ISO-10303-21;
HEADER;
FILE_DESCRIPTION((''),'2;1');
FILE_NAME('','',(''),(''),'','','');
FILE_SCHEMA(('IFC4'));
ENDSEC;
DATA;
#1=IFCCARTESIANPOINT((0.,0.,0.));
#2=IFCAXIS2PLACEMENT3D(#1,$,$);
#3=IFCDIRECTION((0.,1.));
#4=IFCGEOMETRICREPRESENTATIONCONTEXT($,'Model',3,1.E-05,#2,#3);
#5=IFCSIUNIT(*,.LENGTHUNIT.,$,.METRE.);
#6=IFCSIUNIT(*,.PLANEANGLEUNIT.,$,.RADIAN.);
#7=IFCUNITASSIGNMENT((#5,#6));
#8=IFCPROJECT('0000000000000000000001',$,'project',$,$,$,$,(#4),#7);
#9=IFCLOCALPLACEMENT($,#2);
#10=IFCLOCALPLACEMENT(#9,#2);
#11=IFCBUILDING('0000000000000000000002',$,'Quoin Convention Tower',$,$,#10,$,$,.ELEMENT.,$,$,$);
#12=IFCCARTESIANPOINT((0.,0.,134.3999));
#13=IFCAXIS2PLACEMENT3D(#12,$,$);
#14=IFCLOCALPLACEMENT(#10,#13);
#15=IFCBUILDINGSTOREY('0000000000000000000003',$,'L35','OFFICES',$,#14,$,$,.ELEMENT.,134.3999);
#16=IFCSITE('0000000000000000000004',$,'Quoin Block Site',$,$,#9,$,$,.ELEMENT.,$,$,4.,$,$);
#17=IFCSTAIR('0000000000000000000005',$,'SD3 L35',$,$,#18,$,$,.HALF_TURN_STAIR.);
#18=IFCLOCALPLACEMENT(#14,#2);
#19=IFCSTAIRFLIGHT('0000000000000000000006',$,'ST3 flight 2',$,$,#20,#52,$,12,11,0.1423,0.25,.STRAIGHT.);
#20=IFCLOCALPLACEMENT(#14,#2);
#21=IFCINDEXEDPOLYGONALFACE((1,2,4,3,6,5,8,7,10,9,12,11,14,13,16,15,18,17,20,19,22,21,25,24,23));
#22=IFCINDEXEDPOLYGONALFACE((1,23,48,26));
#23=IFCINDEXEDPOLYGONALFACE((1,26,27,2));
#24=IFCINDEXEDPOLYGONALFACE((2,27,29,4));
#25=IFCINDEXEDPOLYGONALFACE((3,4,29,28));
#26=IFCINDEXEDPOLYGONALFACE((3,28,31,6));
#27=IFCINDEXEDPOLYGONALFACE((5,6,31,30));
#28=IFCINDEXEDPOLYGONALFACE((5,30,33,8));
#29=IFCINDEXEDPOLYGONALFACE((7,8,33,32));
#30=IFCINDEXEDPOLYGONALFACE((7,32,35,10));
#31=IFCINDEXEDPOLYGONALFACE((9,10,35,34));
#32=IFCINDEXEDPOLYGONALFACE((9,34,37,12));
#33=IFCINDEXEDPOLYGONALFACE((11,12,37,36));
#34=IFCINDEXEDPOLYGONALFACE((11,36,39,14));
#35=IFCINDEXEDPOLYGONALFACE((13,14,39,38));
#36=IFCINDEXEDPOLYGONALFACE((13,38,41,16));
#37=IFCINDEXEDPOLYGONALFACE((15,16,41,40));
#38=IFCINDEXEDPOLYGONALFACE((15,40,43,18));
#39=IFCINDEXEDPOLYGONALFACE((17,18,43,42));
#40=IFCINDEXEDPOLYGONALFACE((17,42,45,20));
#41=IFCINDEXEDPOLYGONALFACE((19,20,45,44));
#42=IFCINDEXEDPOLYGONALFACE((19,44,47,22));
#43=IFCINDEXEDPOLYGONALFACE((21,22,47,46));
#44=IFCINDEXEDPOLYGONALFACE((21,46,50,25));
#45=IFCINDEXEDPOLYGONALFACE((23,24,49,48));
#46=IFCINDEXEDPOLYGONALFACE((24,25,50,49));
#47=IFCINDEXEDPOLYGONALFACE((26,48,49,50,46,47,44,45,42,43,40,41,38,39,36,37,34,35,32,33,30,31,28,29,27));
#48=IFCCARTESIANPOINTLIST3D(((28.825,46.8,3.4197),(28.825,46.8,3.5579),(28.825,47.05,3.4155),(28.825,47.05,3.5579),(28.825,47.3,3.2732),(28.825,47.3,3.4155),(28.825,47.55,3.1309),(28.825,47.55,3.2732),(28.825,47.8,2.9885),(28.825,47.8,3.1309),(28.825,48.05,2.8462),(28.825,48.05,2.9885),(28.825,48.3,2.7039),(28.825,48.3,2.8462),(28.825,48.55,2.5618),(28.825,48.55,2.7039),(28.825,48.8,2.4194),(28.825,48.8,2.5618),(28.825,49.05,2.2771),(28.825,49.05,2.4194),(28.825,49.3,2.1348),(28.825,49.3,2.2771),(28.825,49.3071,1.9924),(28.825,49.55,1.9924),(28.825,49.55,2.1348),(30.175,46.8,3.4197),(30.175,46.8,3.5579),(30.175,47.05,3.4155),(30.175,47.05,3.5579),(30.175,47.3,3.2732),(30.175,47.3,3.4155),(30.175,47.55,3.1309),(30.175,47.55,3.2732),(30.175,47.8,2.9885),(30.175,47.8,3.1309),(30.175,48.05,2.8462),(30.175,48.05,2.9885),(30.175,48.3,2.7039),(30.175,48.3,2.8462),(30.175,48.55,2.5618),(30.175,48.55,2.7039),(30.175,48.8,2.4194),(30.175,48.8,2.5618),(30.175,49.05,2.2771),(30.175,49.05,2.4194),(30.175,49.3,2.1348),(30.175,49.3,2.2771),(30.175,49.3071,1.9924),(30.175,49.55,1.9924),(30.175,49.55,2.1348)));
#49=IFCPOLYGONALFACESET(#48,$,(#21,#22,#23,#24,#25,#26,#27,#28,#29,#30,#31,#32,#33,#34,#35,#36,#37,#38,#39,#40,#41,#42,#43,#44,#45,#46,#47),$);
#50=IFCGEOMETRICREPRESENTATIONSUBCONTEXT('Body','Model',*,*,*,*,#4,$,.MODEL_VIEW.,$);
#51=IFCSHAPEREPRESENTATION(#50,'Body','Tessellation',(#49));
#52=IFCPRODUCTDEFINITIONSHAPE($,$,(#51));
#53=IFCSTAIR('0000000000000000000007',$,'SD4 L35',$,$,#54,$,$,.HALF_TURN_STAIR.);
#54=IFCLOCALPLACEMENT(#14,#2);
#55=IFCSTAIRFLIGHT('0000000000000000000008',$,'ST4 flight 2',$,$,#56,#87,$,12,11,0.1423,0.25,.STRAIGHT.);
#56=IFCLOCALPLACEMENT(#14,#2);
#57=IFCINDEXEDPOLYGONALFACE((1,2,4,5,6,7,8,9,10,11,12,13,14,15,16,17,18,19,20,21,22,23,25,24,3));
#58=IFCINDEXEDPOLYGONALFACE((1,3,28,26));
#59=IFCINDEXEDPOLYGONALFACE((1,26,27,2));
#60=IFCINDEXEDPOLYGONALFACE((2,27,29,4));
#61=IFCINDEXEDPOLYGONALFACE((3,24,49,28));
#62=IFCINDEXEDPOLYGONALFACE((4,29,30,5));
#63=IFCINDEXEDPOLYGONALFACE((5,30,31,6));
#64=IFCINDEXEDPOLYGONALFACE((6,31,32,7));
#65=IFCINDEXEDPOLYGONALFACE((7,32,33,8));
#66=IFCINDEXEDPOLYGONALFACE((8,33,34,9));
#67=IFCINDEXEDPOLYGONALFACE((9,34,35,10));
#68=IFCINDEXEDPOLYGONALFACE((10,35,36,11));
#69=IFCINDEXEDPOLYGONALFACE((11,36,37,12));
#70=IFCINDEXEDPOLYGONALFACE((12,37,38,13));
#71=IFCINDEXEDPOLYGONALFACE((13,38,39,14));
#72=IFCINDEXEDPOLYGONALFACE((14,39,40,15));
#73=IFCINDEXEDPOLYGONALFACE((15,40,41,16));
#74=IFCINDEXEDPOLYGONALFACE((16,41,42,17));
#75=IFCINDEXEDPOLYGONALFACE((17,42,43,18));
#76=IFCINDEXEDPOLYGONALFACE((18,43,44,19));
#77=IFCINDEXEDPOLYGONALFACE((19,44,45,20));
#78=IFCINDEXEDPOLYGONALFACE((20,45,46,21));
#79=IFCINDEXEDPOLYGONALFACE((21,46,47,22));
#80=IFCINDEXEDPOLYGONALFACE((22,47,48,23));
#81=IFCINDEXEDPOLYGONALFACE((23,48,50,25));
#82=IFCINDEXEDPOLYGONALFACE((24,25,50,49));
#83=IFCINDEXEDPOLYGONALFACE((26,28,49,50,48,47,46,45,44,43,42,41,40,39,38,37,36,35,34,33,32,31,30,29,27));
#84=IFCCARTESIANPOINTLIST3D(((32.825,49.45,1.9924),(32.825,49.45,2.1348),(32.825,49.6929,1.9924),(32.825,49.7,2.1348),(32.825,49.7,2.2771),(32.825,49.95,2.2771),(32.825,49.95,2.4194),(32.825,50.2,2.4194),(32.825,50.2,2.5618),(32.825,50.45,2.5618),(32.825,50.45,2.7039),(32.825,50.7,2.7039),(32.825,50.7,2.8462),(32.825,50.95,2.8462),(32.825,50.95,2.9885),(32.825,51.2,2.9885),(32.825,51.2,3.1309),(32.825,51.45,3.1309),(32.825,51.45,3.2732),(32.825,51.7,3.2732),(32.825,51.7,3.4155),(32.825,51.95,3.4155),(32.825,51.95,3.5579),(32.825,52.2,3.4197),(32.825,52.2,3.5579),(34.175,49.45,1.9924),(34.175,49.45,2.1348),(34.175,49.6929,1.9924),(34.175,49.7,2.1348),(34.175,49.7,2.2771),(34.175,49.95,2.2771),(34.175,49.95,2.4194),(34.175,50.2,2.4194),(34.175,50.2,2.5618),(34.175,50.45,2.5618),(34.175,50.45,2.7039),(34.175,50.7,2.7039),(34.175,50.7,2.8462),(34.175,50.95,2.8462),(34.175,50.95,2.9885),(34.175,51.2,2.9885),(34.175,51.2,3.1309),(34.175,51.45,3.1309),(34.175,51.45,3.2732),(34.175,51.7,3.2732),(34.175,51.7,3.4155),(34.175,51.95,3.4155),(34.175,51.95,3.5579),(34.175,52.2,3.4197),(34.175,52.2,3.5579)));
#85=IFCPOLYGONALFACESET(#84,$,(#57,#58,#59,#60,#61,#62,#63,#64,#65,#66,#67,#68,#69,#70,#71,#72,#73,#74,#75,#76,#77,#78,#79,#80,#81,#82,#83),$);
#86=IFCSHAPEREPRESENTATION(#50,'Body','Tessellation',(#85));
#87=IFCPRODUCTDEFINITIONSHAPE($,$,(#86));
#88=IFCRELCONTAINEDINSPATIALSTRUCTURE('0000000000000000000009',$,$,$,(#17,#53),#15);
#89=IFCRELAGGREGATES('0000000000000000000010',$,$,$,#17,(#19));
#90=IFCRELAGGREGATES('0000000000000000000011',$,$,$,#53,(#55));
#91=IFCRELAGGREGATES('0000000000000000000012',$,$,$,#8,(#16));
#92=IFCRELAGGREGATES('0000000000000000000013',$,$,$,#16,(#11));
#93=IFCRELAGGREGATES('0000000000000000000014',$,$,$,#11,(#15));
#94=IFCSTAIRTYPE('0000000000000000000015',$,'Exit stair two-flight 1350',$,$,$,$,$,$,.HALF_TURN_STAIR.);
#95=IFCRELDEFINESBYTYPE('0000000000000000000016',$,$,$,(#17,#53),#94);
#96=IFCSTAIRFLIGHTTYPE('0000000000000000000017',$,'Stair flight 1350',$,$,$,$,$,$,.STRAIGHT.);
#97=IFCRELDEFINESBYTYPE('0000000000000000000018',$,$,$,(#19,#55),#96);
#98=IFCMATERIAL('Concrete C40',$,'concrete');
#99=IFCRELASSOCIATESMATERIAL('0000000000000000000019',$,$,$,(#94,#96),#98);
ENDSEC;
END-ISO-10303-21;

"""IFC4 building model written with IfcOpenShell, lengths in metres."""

from ifc_helpers import new_model, si_unit, direction, frame, origin, place, context, subcontext, project, spatial, polyline, outline, extrude, material, type_object, element, aggregate, save


model = new_model("IFC4")

# Units and contexts
model_context = context("Model", 3, precision=1e-05, world=origin(), true_north=direction((0.0, 1.0)))
body_context = subcontext(model_context, "Body", "Model", "MODEL_VIEW")
ifc_project = project(units=[si_unit("LENGTHUNIT", "METRE"), si_unit("PLANEANGLEUNIT", "RADIAN")], contexts=[model_context])

# Site, building, storey
site_placement = place(None, origin())
site = spatial("IfcSite", under=ifc_project, at=site_placement, Name="Quoin Block Site", CompositionType="ELEMENT", RefElevation=4.0)
building_placement = place(site_placement, origin())
building = spatial("IfcBuilding", under=site, at=building_placement, Name="Quoin Convention Tower", CompositionType="ELEMENT")
storey_placement = place(building_placement, frame((0.0, 0.0, 134.3999)))
storey = spatial("IfcBuildingStorey", under=building, at=storey_placement, Name="L35", Description="OFFICES", CompositionType="ELEMENT", Elevation=134.3999)

# Stairs, stair flights
ifc_material_1 = material(Name="Concrete C40", Category="concrete")
stair_type = type_object("IfcStairType", Name="Exit stair two-flight 1350", PredefinedType="HALF_TURN_STAIR", material=ifc_material_1)
stair_1_placement = place(storey_placement, origin())
stair_1 = element("IfcStair", 1, at=stair_1_placement, inside=storey, type_object=stair_type, Name="SD3 L35", PredefinedType="HALF_TURN_STAIR")
stair_flight_type = type_object("IfcStairFlightType", Name="Stair flight 1350", PredefinedType="STRAIGHT", material=ifc_material_1)
stair_flight_1_placement = place(storey_placement, frame((29.5, 49.55, 1.9924), z_axis=(0.0, 0.0, 1.0), x_axis=(0.0, -1.0, 0.0)))
stair_flight_1 = element("IfcStairFlight", 2, at=stair_flight_1_placement, type_object=stair_flight_type, Name="ST3 flight 2", NumberOfRisers=12, NumberOfTreads=11, PredefinedType="STRAIGHT", RiserHeight=0.1423, TreadLength=0.25, context=body_context, shape_type="SweptSolid", body=[
    extrude(outline(polyline([(0.0, 0.0), (0.0, 0.1423), (0.25, 0.1423), (0.25, 0.2847), (0.5, 0.2847), (0.5, 0.427), (0.75, 0.427), (0.75, 0.5693), (1.0, 0.5693), (1.0, 0.7114), (1.25, 0.7114), (1.25, 0.8538), (1.5, 0.8538), (1.5, 0.9961), (1.75, 0.9961), (1.75, 1.1384), (2.0, 1.1384), (2.0, 1.2808), (2.25, 1.2808), (2.25, 1.4231), (2.5, 1.4231), (2.5, 1.5654), (2.75, 1.5654), (2.75, 1.7078), (2.75, 1.4272), (0.2429, 0.0), (0.0, 0.0)])), frame((0.0, 0.675, 0.0), z_axis=(0.0, -1.0, 0.0), x_axis=(1.0, 0.0, 0.0)), (0.0, 0.0, 1.0), 1.3501),
])
aggregate(stair_1, [stair_flight_1])
stair_2_placement = place(storey_placement, origin())
stair_2 = element("IfcStair", 3, at=stair_2_placement, inside=storey, type_object=stair_type, Name="SD4 L35", PredefinedType="HALF_TURN_STAIR")
stair_flight_2_placement = place(storey_placement, frame((33.5, 49.45, 1.9924), z_axis=(0.0, 0.0, 1.0), x_axis=(0.0, 1.0, 0.0)))
stair_flight_2 = element("IfcStairFlight", 4, at=stair_flight_2_placement, type_object=stair_flight_type, Name="ST4 flight 2", NumberOfRisers=12, NumberOfTreads=11, PredefinedType="STRAIGHT", RiserHeight=0.1423, TreadLength=0.25, context=body_context, shape_type="SweptSolid", body=[
    extrude(outline(polyline([(0.0, 0.0), (0.0, 0.1423), (0.25, 0.1423), (0.25, 0.2847), (0.5, 0.2847), (0.5, 0.427), (0.75, 0.427), (0.75, 0.5693), (1.0, 0.5693), (1.0, 0.7114), (1.25, 0.7114), (1.25, 0.8538), (1.5, 0.8538), (1.5, 0.9961), (1.75, 0.9961), (1.75, 1.1384), (2.0, 1.1384), (2.0, 1.2808), (2.25, 1.2808), (2.25, 1.4231), (2.5, 1.4231), (2.5, 1.5654), (2.75, 1.5654), (2.75, 1.7078), (2.75, 1.4272), (0.2429, 0.0), (0.0, 0.0)])), frame((0.0, 0.675, 0.0), z_axis=(0.0, -1.0, 0.0), x_axis=(1.0, 0.0, 0.0)), (0.0, 0.0, 1.0), 1.3501),
])
aggregate(stair_2, [stair_flight_2])

save(model, "model.ifc")
